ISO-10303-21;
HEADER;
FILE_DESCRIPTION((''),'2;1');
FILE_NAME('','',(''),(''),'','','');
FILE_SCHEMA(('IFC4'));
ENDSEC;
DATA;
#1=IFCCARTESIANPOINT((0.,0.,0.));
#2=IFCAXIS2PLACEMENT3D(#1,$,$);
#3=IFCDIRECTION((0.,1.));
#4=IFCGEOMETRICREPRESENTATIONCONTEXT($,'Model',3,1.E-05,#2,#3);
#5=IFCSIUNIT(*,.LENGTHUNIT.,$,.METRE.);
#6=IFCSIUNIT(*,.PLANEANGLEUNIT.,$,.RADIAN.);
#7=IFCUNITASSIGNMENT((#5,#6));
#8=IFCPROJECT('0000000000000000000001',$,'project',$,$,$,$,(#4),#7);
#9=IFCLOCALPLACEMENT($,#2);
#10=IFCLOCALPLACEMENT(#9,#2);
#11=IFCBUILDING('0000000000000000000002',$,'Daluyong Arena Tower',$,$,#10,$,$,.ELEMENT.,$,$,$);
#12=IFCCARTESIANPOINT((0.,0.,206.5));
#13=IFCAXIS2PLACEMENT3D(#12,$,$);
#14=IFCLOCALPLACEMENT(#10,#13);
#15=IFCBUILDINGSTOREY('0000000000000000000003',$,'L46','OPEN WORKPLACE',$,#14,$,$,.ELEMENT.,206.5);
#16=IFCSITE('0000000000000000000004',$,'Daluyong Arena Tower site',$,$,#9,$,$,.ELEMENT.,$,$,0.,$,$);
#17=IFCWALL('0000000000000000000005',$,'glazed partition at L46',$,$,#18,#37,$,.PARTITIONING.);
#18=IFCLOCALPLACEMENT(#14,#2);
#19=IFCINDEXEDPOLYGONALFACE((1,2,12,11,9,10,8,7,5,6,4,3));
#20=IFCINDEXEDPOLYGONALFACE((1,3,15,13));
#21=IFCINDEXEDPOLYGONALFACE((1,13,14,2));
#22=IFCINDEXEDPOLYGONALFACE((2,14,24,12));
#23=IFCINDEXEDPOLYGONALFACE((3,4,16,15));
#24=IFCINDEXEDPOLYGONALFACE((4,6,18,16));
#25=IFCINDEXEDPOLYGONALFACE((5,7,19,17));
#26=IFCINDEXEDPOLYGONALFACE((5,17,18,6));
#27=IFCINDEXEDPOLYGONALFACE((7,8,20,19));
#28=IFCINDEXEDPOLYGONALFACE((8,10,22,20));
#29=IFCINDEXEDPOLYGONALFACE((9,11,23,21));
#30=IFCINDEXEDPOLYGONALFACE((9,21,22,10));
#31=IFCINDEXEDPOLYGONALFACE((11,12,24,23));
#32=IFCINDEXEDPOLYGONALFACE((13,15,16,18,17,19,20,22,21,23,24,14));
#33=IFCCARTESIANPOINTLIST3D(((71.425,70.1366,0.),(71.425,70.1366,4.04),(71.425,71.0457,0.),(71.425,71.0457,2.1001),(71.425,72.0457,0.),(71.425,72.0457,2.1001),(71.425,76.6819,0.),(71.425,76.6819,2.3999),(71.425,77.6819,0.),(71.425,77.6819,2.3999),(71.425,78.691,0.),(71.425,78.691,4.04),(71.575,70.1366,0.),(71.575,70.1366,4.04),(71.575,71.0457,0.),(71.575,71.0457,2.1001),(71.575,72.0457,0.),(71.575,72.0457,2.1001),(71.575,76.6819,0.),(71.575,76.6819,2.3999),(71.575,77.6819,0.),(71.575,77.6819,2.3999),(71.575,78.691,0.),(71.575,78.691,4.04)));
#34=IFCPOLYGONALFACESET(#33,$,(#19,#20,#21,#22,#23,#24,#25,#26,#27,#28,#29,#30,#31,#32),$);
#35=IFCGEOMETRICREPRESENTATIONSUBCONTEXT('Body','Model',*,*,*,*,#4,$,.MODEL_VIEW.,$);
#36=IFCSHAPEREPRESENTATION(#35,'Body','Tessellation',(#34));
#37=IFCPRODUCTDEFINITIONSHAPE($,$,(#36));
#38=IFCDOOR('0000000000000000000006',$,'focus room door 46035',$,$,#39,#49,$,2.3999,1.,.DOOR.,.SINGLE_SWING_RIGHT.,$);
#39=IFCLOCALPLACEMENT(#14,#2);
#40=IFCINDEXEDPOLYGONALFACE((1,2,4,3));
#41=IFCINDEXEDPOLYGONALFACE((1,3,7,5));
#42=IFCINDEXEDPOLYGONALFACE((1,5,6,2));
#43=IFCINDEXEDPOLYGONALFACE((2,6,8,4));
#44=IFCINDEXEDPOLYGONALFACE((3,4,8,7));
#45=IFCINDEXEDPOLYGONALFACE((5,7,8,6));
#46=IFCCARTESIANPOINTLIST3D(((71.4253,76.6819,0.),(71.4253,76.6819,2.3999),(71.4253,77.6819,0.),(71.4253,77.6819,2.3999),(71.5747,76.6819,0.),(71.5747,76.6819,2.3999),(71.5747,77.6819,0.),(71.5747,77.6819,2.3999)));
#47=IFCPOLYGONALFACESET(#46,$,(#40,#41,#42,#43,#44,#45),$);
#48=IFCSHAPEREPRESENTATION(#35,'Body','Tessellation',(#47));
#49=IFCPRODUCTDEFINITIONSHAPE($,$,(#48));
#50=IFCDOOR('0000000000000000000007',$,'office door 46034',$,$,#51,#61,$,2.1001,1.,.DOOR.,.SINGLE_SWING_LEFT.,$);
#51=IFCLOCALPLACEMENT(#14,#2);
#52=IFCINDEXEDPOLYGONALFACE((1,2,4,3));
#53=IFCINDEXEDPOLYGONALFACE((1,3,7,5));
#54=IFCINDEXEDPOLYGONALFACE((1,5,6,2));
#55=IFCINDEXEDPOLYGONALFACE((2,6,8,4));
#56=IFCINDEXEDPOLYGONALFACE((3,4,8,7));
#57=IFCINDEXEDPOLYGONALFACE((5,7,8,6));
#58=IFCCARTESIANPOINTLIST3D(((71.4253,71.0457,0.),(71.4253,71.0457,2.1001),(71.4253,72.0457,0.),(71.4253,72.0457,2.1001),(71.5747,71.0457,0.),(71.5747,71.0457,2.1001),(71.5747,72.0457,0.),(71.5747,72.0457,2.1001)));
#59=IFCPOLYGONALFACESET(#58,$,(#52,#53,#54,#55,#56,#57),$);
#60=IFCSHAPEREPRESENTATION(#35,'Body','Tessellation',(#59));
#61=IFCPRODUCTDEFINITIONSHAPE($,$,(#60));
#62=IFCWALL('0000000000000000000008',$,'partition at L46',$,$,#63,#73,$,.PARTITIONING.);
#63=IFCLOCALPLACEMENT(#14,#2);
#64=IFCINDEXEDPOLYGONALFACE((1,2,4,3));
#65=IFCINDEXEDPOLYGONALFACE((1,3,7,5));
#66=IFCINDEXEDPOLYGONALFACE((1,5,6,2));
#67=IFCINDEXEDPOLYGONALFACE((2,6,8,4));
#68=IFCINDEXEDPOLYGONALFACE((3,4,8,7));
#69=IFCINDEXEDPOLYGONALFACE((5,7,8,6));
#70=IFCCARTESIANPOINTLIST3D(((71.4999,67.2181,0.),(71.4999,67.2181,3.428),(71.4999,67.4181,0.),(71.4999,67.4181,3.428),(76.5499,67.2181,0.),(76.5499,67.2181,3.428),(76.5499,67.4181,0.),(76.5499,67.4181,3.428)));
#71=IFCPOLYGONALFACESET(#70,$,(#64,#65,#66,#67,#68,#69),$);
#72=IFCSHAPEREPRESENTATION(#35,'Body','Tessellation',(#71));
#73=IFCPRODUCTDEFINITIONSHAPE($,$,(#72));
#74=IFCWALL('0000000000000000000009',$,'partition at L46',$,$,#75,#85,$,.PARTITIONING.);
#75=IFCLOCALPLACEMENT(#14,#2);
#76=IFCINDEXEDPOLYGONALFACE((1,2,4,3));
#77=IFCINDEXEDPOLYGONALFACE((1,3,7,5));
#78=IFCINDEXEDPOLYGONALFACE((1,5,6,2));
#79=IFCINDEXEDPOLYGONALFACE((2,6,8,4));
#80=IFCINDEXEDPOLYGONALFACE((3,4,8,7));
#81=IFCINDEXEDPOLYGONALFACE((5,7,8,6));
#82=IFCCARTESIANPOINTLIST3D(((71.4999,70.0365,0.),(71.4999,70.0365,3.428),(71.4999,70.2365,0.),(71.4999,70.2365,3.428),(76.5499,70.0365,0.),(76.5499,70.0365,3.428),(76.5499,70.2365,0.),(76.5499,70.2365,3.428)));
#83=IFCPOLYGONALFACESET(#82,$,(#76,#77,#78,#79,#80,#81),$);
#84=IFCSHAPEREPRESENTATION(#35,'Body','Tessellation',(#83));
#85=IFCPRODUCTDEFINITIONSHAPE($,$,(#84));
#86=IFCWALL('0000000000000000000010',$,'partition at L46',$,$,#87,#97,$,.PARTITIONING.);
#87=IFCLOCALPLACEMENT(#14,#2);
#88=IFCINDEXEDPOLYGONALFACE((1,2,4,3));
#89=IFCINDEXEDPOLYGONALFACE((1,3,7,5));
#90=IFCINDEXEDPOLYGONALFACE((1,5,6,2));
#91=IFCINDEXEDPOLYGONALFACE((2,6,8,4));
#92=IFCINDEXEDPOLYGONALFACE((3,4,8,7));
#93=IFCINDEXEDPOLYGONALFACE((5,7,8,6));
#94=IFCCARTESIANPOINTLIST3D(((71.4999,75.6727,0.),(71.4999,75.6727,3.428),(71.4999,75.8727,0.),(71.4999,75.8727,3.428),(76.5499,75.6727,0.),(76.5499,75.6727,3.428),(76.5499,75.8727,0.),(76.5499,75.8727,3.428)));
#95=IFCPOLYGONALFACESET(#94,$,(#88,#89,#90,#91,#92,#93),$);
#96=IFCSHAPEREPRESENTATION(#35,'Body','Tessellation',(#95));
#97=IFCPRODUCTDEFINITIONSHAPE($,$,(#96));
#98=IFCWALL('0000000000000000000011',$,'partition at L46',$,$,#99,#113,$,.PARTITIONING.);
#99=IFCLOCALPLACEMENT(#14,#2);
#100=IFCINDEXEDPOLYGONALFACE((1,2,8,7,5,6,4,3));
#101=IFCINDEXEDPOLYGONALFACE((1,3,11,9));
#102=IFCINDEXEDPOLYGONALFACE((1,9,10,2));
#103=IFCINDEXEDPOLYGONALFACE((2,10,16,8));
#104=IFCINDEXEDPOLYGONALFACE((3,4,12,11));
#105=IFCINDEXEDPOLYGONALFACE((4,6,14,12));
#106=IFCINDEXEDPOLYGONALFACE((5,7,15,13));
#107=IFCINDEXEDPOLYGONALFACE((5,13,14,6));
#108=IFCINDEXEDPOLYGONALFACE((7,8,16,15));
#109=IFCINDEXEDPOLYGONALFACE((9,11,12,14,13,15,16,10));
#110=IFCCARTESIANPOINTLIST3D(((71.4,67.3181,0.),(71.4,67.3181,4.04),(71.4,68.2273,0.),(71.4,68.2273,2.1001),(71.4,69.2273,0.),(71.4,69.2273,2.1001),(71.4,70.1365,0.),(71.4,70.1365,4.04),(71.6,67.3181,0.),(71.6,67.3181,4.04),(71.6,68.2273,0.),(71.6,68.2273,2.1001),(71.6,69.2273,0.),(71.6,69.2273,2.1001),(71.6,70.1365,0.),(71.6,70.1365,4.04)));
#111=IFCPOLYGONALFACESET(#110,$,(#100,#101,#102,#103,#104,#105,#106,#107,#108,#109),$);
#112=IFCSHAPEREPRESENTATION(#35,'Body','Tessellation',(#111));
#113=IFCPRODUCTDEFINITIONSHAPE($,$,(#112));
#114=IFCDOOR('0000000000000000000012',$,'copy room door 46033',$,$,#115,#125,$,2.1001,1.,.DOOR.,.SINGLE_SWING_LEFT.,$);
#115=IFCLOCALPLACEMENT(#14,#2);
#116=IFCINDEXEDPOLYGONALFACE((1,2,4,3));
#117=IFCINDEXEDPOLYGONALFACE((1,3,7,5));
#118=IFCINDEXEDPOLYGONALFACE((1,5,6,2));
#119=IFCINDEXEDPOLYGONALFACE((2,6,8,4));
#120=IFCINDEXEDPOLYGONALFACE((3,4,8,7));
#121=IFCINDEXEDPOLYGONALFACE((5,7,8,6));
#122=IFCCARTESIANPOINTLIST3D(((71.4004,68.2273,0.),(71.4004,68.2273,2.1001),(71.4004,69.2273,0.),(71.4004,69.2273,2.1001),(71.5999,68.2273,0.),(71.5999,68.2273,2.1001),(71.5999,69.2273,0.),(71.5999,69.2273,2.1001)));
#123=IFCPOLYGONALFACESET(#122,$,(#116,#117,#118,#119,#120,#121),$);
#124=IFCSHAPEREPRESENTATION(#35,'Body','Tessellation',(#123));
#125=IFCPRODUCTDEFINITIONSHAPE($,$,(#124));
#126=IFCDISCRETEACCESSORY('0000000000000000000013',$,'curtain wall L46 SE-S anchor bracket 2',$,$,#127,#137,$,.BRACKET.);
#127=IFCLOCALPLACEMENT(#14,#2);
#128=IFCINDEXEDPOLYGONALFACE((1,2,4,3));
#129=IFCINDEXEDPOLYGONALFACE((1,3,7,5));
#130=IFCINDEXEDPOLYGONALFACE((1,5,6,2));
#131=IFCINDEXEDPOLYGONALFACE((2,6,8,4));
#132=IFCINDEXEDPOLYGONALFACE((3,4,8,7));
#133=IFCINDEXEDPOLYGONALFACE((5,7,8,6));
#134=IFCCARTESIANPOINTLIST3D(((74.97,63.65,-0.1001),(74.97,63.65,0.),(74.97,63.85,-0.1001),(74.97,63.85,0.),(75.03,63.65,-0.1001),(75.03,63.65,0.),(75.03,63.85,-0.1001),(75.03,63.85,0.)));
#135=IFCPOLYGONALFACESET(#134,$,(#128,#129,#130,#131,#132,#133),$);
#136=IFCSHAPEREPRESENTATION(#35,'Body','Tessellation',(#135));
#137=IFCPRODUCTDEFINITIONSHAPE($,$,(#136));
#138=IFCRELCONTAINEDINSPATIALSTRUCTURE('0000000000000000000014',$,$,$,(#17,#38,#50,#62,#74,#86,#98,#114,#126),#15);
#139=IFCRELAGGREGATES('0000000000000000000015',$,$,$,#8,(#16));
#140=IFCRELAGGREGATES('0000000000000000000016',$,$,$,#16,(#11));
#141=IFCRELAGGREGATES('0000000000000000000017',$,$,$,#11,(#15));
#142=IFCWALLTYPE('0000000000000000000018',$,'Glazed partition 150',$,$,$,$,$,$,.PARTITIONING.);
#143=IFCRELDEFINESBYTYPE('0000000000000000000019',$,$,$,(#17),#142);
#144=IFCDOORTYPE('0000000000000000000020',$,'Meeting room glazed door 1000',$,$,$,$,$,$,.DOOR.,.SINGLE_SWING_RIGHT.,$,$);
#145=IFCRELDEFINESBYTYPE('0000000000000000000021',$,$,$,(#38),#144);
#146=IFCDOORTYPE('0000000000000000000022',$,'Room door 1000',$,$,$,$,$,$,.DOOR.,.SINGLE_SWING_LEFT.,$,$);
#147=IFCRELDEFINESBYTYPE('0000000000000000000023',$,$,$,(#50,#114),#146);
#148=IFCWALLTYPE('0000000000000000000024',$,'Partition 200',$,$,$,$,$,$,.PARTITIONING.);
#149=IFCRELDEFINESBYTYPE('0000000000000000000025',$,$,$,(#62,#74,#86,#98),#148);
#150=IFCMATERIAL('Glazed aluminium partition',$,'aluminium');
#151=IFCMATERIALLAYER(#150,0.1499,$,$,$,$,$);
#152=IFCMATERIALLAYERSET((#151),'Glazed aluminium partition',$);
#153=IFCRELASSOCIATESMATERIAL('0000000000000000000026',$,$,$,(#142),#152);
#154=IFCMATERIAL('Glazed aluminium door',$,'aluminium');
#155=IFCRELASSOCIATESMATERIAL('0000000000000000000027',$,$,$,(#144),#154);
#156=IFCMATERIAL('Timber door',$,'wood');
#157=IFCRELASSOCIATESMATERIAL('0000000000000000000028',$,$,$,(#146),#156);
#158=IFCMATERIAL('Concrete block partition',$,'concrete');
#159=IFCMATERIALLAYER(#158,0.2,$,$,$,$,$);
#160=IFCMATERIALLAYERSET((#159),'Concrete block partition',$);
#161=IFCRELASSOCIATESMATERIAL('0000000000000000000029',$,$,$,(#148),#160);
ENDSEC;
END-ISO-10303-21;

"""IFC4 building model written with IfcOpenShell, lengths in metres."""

from ifc_helpers import new_model, si_unit, direction, frame, frame_2d, origin, origin_2d, place, context, subcontext, project, spatial, rectangle, extrude, material, layer, layer_set, type_object, element, fill, save


model = new_model("IFC4")

# Units and contexts
model_context = context("Model", 3, precision=1e-05, world=origin(), true_north=direction((0.0, 1.0)))
body_context = subcontext(model_context, "Body", "Model", "MODEL_VIEW")
ifc_project = project(units=[si_unit("LENGTHUNIT", "METRE"), si_unit("PLANEANGLEUNIT", "RADIAN")], contexts=[model_context])

# Site, building, storey
site_placement = place(None, origin())
site = spatial("IfcSite", under=ifc_project, at=site_placement, Name="Daluyong Arena Tower site", CompositionType="ELEMENT", RefElevation=0.0)
building_placement = place(site_placement, origin())
building = spatial("IfcBuilding", under=site, at=building_placement, Name="Daluyong Arena Tower", CompositionType="ELEMENT")
storey_placement = place(building_placement, frame((0.0, 0.0, 206.5)))
storey = spatial("IfcBuildingStorey", under=building, at=storey_placement, Name="L46", Description="OPEN WORKPLACE", CompositionType="ELEMENT", Elevation=206.5)

# Shared definitions
ifc_material_1 = material(Name="Glazed aluminium partition", Category="aluminium")
ifc_layer_1 = layer(ifc_material_1, 0.1499)
ifc_layer_set_1 = layer_set([ifc_layer_1], Name="Glazed aluminium partition")
wall_type_1 = type_object("IfcWallType", Name="Glazed partition 150", PredefinedType="PARTITIONING", material=ifc_layer_set_1)
ifc_material_2 = material(Name="Glazed aluminium door", Category="aluminium")
door_type_1 = type_object("IfcDoorType", Name="Meeting room glazed door 1000", OperationType="SINGLE_SWING_RIGHT", PredefinedType="DOOR", material=ifc_material_2)

# Wall, openings, doors
wall_1_placement = place(storey_placement, frame((71.5, 70.1365, 0.0), z_axis=(0.0, 0.0, 1.0), x_axis=(0.0, 1.0, 0.0)))
wall_1 = element("IfcWall", 1, at=wall_1_placement, inside=storey, type_object=wall_type_1, Name="glazed partition at L46", PredefinedType="PARTITIONING", context=body_context, shape_type="SweptSolid", body=[
    extrude(rectangle(XDim=8.5544, YDim=0.1499, at=frame_2d((4.2773, 0.0))), origin(), (0.0, 0.0, 1.0), 4.04),
])
opening_1_placement = place(wall_1_placement, frame((0.9092, 0.0, 0.0)))
opening_1 = element("IfcOpeningElement", 2, at=opening_1_placement, cuts=wall_1, PredefinedType="OPENING", context=body_context, shape_type="SweptSolid", body=[
    extrude(rectangle(XDim=1.0, YDim=2.1001, at=frame_2d((0.5, 1.05))), frame((0.0, 0.085, 0.0), z_axis=(0.0, -1.0, 0.0), x_axis=(1.0, 0.0, 0.0)), (0.0, 0.0, 1.0), 0.1699),
])
opening_2_placement = place(wall_1_placement, frame((6.5454, 0.0, 0.0)))
opening_2 = element("IfcOpeningElement", 3, at=opening_2_placement, cuts=wall_1, PredefinedType="OPENING", context=body_context, shape_type="SweptSolid", body=[
    extrude(rectangle(XDim=1.0, YDim=2.3999, at=frame_2d((0.5, 1.2))), frame((0.0, 0.085, 0.0), z_axis=(0.0, -1.0, 0.0), x_axis=(1.0, 0.0, 0.0)), (0.0, 0.0, 1.0), 0.1699),
])
door_1_placement = place(opening_2_placement, origin())
door_1 = element("IfcDoor", 4, at=door_1_placement, inside=storey, type_object=door_type_1, Name="focus room door 46035", OperationType="SINGLE_SWING_RIGHT", OverallHeight=2.3999, OverallWidth=1.0, PredefinedType="DOOR", context=body_context, shape_type="SweptSolid", body=[
    extrude(rectangle(XDim=1.0, YDim=2.3999, at=frame_2d((0.5, 1.2))), frame((0.0, 0.0747, 0.0), z_axis=(0.0, -1.0, 0.0), x_axis=(1.0, 0.0, 0.0)), (0.0, 0.0, 1.0), 0.1494),
])
fill(opening_2, door_1)
ifc_material_3 = material(Name="Timber door", Category="wood")
door_type_2 = type_object("IfcDoorType", Name="Room door 1000", OperationType="SINGLE_SWING_LEFT", PredefinedType="DOOR", material=ifc_material_3)
door_2_placement = place(opening_1_placement, origin())
door_2 = element("IfcDoor", 5, at=door_2_placement, inside=storey, type_object=door_type_2, Name="office door 46034", OperationType="SINGLE_SWING_LEFT", OverallHeight=2.1001, OverallWidth=1.0, PredefinedType="DOOR", context=body_context, shape_type="SweptSolid", body=[
    extrude(rectangle(XDim=1.0, YDim=2.1001, at=frame_2d((0.5, 1.05))), frame((0.0, 0.0747, 0.0), z_axis=(0.0, -1.0, 0.0), x_axis=(1.0, 0.0, 0.0)), (0.0, 0.0, 1.0), 0.1494),
])
fill(opening_1, door_2)

# Walls
ifc_material_4 = material(Name="Concrete block partition", Category="concrete")
ifc_layer_2 = layer(ifc_material_4, 0.2)
ifc_layer_set_2 = layer_set([ifc_layer_2], Name="Concrete block partition")
wall_type_2 = type_object("IfcWallType", Name="Partition 200", PredefinedType="PARTITIONING", material=ifc_layer_set_2)
for number, where, z_axis, x_axis, name in (
    (6, (71.5, 67.3181, 0.0), (0.0, 0.0, 1.0), (1.0, 0.0, 0.0), "partition at L46"),
    (7, (71.5, 70.1365, 0.0), (0.0, 0.0, 1.0), (1.0, 0.0, 0.0), "partition at L46"),
    (8, (71.5, 75.7727, 0.0), (0.0, 0.0, 1.0), (1.0, 0.0, 0.0), "partition at L46"),
):
    element("IfcWall", number, at=place(storey_placement, frame(where, z_axis=z_axis, x_axis=x_axis)), inside=storey, type_object=wall_type_2, Name=name, PredefinedType="PARTITIONING", context=body_context, shape_type="SweptSolid", body=[
        extrude(rectangle(XDim=5.05, YDim=0.2, at=frame_2d((2.5249, 0.0))), origin(), (0.0, 0.0, 1.0), 3.428),
    ])

# Wall, opening, door
wall_2_placement = place(storey_placement, frame((71.5, 67.3181, 0.0), z_axis=(0.0, 0.0, 1.0), x_axis=(0.0, 1.0, 0.0)))
wall_2 = element("IfcWall", 9, at=wall_2_placement, inside=storey, type_object=wall_type_2, Name="partition at L46", PredefinedType="PARTITIONING", context=body_context, shape_type="SweptSolid", body=[
    extrude(rectangle(XDim=2.8184, YDim=0.2, at=frame_2d((1.4092, 0.0))), origin(), (0.0, 0.0, 1.0), 4.04),
])
opening_3_placement = place(wall_2_placement, frame((0.9092, 0.0, 0.0)))
opening_3 = element("IfcOpeningElement", 10, at=opening_3_placement, cuts=wall_2, PredefinedType="OPENING", context=body_context, shape_type="SweptSolid", body=[
    extrude(rectangle(XDim=1.0, YDim=2.1001, at=frame_2d((0.5, 1.05))), frame((0.0, 0.1099, 0.0), z_axis=(0.0, -1.0, 0.0), x_axis=(1.0, 0.0, 0.0)), (0.0, 0.0, 1.0), 0.22),
])
door_3_placement = place(opening_3_placement, origin())
door_3 = element("IfcDoor", 11, at=door_3_placement, inside=storey, type_object=door_type_2, Name="copy room door 46033", OperationType="SINGLE_SWING_LEFT", OverallHeight=2.1001, OverallWidth=1.0, PredefinedType="DOOR", context=body_context, shape_type="SweptSolid", body=[
    extrude(rectangle(XDim=1.0, YDim=2.1001, at=frame_2d((0.5, 1.05))), frame((0.0, 0.0996, 0.0), z_axis=(0.0, -1.0, 0.0), x_axis=(1.0, 0.0, 0.0)), (0.0, 0.0, 1.0), 0.1995),
])
fill(opening_3, door_3)

# Discrete accessory
discrete_accessory_placement = place(storey_placement, frame((75.0, 63.75, -0.1001), z_axis=(0.0, 0.0, 1.0), x_axis=(1.0, 0.0, 0.0)))
element("IfcDiscreteAccessory", 12, at=discrete_accessory_placement, inside=storey, Name="curtain wall L46 SE-S anchor bracket 2", PredefinedType="BRACKET", context=body_context, shape_type="SweptSolid", body=[
    extrude(rectangle(XDim=0.0601, YDim=0.2, at=origin_2d()), origin(), (0.0, 0.0, 1.0), 0.1001),
])

save(model, "model.ifc")
